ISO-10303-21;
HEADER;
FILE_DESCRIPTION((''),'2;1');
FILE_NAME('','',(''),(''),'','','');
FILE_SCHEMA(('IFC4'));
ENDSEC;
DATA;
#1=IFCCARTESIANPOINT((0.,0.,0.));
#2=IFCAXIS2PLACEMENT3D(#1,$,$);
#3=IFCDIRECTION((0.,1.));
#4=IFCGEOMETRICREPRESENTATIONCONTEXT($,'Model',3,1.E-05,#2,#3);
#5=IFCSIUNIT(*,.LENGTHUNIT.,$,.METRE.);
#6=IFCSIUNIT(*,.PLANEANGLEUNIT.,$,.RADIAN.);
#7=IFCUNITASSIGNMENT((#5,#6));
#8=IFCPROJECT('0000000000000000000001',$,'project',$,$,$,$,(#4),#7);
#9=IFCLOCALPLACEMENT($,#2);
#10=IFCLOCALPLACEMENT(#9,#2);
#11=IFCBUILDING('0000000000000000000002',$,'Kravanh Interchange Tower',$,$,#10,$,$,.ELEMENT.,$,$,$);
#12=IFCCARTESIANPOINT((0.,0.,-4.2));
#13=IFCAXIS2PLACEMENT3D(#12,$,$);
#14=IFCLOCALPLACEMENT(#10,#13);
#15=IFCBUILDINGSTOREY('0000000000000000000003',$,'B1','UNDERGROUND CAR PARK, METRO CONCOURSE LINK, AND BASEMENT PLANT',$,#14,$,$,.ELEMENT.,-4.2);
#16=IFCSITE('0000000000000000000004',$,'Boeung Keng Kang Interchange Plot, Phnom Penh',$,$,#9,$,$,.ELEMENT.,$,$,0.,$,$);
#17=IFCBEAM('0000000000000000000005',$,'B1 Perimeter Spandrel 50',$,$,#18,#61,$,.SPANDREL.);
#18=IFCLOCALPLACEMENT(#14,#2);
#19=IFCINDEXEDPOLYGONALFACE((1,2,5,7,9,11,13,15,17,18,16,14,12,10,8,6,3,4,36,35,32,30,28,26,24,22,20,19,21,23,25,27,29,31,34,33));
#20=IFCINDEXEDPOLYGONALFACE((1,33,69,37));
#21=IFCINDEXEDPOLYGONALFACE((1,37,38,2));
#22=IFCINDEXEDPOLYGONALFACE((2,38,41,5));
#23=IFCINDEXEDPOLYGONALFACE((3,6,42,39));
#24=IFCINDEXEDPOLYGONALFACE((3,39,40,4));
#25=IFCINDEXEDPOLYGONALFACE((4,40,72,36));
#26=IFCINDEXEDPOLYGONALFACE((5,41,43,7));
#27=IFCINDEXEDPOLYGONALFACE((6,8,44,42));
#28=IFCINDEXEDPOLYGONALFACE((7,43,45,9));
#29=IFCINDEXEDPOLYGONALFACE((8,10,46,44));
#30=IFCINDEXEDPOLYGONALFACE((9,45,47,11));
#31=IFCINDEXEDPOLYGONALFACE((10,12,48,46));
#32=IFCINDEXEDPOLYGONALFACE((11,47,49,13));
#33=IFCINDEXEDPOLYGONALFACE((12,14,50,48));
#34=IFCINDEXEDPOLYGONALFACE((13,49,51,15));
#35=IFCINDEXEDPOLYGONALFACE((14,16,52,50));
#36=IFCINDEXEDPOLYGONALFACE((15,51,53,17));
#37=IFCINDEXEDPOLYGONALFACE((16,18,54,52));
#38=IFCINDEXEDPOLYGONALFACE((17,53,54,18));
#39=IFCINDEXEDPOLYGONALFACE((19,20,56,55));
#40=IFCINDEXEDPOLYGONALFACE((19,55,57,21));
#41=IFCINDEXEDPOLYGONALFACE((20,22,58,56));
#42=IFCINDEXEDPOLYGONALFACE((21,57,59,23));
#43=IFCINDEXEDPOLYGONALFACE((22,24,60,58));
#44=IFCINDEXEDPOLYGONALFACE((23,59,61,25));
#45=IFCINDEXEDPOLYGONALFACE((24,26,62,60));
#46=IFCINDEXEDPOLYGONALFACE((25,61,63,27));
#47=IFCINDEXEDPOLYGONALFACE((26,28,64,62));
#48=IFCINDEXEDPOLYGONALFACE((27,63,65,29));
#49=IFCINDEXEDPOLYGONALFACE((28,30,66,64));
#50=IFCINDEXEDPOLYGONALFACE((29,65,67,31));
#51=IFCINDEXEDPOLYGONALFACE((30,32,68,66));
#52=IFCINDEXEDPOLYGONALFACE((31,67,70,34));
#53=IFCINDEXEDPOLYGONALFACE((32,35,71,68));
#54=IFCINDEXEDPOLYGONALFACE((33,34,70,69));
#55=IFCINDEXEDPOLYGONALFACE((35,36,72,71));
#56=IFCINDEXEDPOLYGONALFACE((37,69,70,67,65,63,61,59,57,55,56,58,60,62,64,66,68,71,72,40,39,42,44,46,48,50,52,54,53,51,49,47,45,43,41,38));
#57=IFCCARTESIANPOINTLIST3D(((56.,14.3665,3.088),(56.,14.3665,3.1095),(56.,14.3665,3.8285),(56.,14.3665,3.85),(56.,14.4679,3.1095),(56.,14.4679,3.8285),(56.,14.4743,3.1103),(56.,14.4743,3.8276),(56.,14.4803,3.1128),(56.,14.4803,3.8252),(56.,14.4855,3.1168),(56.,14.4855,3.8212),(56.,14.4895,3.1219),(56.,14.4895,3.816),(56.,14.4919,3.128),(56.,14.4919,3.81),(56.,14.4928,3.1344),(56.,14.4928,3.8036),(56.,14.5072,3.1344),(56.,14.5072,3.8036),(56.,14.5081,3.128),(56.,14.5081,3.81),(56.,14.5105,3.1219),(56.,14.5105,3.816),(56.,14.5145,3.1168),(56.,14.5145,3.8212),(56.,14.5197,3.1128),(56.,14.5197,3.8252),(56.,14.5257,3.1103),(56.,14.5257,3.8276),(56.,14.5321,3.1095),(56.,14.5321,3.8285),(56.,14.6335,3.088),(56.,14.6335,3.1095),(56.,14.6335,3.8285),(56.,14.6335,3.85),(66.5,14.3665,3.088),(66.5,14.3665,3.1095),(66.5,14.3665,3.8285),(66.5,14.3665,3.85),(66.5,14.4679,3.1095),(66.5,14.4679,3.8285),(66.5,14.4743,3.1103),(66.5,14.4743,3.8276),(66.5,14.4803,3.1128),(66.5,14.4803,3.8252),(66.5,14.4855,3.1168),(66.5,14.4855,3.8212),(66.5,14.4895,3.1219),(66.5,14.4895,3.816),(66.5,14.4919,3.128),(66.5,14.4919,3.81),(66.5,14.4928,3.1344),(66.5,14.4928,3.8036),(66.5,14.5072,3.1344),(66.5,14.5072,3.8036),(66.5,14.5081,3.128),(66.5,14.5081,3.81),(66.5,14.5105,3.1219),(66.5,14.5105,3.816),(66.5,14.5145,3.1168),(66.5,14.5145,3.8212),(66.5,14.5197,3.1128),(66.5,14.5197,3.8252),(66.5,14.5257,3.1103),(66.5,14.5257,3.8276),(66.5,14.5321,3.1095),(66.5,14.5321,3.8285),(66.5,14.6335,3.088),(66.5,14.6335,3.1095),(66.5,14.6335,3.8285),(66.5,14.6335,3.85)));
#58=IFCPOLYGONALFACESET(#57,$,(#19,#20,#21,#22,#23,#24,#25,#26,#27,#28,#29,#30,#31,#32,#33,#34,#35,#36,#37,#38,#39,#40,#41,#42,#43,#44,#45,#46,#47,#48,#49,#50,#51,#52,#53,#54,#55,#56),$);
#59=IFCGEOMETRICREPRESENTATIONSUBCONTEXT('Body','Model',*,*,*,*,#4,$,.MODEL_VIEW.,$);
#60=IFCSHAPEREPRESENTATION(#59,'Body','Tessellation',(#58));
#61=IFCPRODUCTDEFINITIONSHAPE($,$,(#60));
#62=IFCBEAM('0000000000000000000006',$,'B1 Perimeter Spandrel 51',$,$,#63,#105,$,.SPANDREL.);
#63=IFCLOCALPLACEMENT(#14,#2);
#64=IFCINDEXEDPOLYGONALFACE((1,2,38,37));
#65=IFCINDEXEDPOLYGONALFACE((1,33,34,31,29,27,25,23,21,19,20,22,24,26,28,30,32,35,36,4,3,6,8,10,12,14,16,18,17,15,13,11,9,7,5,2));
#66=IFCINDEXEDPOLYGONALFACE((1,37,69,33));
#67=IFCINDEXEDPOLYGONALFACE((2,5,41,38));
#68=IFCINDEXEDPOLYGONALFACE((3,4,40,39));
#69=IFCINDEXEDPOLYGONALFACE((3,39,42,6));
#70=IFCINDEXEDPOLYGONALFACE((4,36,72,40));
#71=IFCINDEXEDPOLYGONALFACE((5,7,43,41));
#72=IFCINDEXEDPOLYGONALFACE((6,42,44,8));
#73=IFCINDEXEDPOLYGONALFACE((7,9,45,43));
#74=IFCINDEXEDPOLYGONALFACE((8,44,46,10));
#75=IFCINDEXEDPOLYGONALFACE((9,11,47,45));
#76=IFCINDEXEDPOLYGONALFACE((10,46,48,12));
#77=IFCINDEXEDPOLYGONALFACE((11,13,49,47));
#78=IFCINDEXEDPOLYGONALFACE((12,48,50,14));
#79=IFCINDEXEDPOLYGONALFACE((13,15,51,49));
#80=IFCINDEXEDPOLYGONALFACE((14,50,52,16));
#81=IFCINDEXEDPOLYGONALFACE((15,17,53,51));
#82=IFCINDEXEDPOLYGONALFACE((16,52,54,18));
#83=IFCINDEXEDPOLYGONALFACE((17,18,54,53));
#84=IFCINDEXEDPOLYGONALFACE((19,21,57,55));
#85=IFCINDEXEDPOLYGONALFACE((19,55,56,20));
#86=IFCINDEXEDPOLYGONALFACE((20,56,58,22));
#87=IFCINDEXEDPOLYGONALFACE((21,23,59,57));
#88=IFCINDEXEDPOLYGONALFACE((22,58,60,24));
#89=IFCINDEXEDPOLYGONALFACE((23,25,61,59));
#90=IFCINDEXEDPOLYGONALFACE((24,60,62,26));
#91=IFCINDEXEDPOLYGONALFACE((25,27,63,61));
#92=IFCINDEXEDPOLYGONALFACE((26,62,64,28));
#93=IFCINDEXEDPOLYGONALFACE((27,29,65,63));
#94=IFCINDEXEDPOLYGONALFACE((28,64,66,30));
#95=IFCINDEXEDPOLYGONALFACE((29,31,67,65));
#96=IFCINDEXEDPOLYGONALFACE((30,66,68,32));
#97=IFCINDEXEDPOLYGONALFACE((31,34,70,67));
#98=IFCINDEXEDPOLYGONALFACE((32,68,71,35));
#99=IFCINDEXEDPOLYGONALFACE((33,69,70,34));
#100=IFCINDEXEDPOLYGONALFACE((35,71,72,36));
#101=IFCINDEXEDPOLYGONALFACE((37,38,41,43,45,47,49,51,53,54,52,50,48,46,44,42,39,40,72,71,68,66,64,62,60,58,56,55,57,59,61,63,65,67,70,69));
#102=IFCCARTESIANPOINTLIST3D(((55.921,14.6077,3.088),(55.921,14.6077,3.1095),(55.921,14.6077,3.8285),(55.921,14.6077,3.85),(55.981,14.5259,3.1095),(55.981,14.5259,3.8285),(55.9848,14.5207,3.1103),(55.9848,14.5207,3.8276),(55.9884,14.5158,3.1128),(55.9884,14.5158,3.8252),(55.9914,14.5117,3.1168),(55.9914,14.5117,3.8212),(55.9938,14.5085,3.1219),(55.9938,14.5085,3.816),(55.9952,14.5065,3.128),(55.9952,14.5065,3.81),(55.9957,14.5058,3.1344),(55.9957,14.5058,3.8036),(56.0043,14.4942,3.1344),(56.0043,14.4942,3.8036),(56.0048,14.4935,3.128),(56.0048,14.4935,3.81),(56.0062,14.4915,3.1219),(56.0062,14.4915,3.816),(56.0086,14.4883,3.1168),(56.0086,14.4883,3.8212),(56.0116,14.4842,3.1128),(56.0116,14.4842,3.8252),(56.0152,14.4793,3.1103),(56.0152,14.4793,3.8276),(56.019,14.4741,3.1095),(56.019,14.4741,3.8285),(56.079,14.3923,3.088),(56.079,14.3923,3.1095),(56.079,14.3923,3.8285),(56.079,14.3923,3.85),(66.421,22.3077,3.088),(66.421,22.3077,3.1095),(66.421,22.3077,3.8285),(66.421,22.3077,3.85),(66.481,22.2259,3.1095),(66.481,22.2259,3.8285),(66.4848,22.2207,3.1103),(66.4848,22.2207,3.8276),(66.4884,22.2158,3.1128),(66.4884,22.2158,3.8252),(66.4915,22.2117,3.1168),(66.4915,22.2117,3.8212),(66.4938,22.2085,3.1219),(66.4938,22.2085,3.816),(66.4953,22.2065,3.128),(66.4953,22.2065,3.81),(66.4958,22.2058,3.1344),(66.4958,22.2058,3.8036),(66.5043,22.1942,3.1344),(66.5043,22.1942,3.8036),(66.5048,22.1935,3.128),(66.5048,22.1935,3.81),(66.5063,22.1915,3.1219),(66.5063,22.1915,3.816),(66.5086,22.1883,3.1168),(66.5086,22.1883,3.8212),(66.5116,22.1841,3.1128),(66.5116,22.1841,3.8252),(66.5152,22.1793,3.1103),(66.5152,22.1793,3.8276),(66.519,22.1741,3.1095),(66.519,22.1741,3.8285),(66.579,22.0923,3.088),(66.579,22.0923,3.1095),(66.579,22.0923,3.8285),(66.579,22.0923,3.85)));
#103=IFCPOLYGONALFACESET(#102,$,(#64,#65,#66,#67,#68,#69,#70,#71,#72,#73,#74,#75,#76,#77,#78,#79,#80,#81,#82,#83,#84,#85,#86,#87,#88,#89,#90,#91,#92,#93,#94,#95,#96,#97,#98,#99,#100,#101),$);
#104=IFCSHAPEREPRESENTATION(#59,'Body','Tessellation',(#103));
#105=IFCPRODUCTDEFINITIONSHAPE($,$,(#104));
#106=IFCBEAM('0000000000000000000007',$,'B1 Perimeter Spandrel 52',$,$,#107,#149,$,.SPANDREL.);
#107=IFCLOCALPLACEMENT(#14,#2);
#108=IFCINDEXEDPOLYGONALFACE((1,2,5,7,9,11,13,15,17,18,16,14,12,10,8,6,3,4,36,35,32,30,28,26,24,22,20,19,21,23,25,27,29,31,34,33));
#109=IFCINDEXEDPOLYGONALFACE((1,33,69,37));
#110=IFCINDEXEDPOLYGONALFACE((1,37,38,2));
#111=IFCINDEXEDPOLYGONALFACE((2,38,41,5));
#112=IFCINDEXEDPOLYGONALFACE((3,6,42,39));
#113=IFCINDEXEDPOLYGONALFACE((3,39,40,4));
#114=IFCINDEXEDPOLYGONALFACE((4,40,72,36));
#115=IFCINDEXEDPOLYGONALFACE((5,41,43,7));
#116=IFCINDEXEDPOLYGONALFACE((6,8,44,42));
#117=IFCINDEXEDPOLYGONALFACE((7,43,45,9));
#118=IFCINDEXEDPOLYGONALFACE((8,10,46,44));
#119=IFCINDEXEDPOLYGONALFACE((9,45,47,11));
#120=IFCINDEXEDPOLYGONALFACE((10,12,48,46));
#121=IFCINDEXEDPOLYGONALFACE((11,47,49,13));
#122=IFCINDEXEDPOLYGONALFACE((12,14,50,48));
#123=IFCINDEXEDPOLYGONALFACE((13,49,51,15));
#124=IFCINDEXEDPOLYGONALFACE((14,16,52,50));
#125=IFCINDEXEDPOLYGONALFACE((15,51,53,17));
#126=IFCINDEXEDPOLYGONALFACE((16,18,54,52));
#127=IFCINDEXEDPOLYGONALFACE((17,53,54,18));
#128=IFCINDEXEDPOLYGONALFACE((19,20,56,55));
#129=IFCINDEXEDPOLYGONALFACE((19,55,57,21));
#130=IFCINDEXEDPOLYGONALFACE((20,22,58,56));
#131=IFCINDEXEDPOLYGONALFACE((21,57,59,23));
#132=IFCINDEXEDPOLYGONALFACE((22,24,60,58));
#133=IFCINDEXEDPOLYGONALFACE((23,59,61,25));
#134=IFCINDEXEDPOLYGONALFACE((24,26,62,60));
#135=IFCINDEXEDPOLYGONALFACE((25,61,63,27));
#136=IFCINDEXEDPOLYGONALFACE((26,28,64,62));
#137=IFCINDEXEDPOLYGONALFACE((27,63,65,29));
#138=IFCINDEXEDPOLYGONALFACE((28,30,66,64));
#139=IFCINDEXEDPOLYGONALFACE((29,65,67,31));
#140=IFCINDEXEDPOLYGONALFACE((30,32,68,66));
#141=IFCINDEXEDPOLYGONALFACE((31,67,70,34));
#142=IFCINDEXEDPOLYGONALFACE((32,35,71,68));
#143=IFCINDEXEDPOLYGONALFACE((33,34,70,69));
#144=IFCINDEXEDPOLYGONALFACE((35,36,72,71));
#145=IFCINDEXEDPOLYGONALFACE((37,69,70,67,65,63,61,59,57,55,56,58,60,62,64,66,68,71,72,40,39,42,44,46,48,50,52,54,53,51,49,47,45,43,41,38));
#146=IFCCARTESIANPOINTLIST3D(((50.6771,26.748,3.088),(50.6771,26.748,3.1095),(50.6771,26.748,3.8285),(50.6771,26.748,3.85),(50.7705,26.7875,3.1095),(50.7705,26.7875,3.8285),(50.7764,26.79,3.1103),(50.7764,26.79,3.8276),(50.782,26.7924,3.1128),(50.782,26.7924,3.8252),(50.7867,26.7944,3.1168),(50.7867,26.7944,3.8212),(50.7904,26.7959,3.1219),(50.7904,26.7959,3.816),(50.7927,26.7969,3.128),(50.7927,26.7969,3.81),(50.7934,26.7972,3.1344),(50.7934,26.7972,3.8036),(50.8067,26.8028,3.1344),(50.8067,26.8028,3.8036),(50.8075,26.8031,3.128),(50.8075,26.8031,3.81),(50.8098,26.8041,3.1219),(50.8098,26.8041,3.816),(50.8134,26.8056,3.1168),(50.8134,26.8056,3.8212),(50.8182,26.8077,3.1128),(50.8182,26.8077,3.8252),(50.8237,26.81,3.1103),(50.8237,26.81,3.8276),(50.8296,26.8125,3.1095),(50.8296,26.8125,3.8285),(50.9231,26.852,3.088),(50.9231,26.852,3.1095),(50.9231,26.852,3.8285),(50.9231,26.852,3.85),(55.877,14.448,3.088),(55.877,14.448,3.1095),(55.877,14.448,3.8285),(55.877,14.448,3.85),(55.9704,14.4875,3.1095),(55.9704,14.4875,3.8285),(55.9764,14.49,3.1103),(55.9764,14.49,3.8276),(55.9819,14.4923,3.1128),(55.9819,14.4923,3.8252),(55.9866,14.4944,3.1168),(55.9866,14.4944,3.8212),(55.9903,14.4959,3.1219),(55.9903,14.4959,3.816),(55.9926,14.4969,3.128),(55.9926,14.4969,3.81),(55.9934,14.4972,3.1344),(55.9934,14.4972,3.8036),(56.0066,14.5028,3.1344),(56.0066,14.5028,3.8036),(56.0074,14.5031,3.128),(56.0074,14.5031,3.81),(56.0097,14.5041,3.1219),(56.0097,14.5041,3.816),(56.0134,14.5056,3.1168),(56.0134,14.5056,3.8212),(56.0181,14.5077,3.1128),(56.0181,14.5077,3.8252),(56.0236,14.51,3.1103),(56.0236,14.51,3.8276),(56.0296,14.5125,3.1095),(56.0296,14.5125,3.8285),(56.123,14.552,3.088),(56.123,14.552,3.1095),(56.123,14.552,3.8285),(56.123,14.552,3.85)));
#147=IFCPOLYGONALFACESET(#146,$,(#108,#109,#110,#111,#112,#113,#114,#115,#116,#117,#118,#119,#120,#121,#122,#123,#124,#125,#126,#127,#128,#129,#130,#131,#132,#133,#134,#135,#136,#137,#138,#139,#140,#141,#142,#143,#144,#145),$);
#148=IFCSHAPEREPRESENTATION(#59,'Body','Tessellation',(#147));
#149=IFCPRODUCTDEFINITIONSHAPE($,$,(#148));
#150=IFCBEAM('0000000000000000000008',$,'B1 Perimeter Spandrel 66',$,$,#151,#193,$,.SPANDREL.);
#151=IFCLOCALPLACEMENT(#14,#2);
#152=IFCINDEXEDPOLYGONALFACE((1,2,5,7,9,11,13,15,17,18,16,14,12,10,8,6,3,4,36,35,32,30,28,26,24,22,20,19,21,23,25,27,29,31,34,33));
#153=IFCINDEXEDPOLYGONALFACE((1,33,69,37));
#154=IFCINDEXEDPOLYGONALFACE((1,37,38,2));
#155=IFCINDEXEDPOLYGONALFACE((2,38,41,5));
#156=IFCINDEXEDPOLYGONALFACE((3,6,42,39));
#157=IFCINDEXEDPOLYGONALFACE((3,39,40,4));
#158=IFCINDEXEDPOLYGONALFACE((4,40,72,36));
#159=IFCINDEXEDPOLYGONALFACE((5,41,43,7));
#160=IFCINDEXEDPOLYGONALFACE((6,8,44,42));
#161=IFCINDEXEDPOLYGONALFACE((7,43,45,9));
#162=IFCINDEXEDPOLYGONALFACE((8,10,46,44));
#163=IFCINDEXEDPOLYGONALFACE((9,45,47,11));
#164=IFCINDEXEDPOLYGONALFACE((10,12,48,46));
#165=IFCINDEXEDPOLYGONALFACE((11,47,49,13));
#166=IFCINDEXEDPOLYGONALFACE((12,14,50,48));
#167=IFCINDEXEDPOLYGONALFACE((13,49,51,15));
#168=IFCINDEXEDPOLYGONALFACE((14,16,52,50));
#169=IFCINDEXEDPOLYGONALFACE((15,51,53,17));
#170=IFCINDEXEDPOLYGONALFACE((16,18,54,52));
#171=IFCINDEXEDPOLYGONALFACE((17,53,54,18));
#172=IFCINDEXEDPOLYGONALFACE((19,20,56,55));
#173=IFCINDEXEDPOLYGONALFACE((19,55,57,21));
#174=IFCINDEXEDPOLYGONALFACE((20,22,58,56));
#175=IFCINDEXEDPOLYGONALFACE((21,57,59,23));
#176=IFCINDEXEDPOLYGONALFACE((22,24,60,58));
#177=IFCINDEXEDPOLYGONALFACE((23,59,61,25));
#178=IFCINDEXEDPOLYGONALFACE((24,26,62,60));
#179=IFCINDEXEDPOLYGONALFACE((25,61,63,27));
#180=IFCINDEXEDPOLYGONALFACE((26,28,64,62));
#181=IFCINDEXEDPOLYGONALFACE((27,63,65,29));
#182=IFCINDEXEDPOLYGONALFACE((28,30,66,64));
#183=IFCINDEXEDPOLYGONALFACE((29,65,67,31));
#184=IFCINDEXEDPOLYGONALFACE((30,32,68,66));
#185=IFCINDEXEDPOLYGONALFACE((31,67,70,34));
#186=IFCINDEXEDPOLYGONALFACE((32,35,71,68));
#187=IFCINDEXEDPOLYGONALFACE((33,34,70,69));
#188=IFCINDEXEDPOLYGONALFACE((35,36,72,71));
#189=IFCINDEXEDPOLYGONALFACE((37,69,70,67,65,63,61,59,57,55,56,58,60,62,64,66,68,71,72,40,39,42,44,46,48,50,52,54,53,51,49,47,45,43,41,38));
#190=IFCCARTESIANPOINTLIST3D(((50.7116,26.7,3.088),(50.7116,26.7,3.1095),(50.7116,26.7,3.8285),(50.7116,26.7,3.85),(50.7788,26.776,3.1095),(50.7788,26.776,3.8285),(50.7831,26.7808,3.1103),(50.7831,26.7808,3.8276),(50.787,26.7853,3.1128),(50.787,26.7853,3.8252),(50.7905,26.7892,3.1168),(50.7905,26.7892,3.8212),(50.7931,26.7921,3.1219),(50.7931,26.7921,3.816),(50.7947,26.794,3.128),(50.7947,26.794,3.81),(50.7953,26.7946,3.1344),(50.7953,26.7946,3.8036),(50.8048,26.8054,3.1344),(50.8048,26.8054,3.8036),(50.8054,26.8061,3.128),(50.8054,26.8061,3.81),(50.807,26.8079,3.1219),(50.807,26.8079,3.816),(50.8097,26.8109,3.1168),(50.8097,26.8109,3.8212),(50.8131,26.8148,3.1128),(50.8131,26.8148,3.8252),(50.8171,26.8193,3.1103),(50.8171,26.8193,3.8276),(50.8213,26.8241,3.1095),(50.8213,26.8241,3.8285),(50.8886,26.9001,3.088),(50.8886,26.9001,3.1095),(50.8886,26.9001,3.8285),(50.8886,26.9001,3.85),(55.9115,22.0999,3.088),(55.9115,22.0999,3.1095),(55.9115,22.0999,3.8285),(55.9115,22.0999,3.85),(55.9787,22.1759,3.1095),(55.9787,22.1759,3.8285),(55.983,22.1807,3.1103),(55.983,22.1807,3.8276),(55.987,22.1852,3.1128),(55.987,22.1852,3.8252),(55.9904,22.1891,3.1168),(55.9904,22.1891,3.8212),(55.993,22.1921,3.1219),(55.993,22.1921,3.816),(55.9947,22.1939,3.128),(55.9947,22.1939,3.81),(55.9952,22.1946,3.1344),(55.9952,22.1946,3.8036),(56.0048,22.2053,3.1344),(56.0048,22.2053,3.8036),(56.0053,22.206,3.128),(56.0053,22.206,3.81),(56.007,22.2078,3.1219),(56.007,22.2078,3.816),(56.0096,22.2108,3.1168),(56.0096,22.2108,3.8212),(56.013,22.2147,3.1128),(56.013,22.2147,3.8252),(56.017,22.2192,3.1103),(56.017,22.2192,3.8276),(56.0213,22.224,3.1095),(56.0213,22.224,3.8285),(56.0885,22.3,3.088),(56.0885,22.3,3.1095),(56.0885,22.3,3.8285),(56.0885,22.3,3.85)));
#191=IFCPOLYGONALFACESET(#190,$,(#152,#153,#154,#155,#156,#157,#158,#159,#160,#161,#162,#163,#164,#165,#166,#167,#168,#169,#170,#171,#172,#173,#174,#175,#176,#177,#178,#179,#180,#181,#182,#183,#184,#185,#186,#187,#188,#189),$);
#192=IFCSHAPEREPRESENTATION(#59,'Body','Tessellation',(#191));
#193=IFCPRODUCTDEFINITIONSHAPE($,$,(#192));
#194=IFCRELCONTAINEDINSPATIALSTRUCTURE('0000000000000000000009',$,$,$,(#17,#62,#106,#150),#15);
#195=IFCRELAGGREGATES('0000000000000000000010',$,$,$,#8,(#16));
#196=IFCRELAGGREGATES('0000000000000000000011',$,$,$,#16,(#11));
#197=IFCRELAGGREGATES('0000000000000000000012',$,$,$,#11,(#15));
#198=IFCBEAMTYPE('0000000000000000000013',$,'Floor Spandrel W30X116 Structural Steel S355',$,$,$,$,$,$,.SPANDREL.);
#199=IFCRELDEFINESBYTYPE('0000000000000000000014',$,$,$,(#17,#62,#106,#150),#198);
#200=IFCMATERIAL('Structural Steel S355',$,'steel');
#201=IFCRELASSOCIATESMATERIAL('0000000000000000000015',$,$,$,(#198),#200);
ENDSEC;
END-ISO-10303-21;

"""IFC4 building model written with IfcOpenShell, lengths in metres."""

from ifc_helpers import new_model, si_unit, direction, frame, origin, origin_2d, place, context, subcontext, project, spatial, i_section, extrude, material, material_profile, profile_set, type_object, element, save


model = new_model("IFC4")

# Units and contexts
model_context = context("Model", 3, precision=1e-05, world=origin(), true_north=direction((0.0, 1.0)))
body_context = subcontext(model_context, "Body", "Model", "MODEL_VIEW")
ifc_project = project(units=[si_unit("LENGTHUNIT", "METRE"), si_unit("PLANEANGLEUNIT", "RADIAN")], contexts=[model_context])

# Site, building, storey
site_placement = place(None, origin())
site = spatial("IfcSite", under=ifc_project, at=site_placement, Name="Boeung Keng Kang Interchange Plot, Phnom Penh", CompositionType="ELEMENT", RefElevation=0.0)
building_placement = place(site_placement, origin())
building = spatial("IfcBuilding", under=site, at=building_placement, Name="Kravanh Interchange Tower", CompositionType="ELEMENT")
storey_placement = place(building_placement, frame((0.0, 0.0, -4.2)))
storey = spatial("IfcBuildingStorey", under=building, at=storey_placement, Name="B1", Description="UNDERGROUND CAR PARK, METRO CONCOURSE LINK, AND BASEMENT PLANT", CompositionType="ELEMENT", Elevation=-4.2)

# Beams
ifc_material_1 = material(Name="Structural Steel S355", Category="steel")
ifc_material_profile_1 = material_profile(ifc_material_1, i_section(OverallWidth=0.2671, OverallDepth=0.762, WebThickness=0.0144, FlangeThickness=0.0215, FilletRadius=0.0249, at=origin_2d()), Name="W30X116")
ifc_profile_set_1 = profile_set([ifc_material_profile_1], Name="Structural Steel S355")
beam_type_1 = type_object("IfcBeamType", Name="Floor Spandrel W30X116 Structural Steel S355", PredefinedType="SPANDREL", material=ifc_profile_set_1)
beam_1_placement = place(storey_placement, frame((56.0, 14.5, 3.469), z_axis=(1.0, 0.0, 0.0), x_axis=(0.0, 1.0, 0.0)))
element("IfcBeam", 1, at=beam_1_placement, inside=storey, type_object=beam_type_1, Name="B1 Perimeter Spandrel 50", PredefinedType="SPANDREL", context=body_context, shape_type="SweptSolid", body=[
    extrude(i_section(OverallWidth=0.2671, OverallDepth=0.762, WebThickness=0.0144, FlangeThickness=0.0215, FilletRadius=0.0249, at=origin_2d()), origin(), (0.0, 0.0, 1.0), 10.5),
])
beam_2_placement = place(storey_placement, frame((56.0, 14.5, 3.469), z_axis=(0.806407, 0.591361, 0.0), x_axis=(-0.591361, 0.806407, 0.0)))
element("IfcBeam", 2, at=beam_2_placement, inside=storey, type_object=beam_type_1, Name="B1 Perimeter Spandrel 51", PredefinedType="SPANDREL", context=body_context, shape_type="SweptSolid", body=[
    extrude(i_section(OverallWidth=0.2671, OverallDepth=0.762, WebThickness=0.0144, FlangeThickness=0.0215, FilletRadius=0.0249, at=origin_2d()), origin(), (0.0, 0.0, 1.0), 13.0208),
])
beam_3_placement = place(storey_placement, frame((56.0, 14.5, 3.469), z_axis=(-0.389391, 0.921072, 0.0), x_axis=(-0.921072, -0.389391, 0.0)))
element("IfcBeam", 3, at=beam_3_placement, inside=storey, type_object=beam_type_1, Name="B1 Perimeter Spandrel 52", PredefinedType="SPANDREL", context=body_context, shape_type="SweptSolid", body=[
    extrude(i_section(OverallWidth=0.2671, OverallDepth=0.762, WebThickness=0.0144, FlangeThickness=0.0215, FilletRadius=0.0249, at=origin_2d()), origin(), (0.0, 0.0, 1.0), 13.354),
])
beam_4_placement = place(storey_placement, frame((56.0, 22.2, 3.469), z_axis=(-0.748986, 0.662585, 0.0), x_axis=(-0.662585, -0.748986, 0.0)))
element("IfcBeam", 4, at=beam_4_placement, inside=storey, type_object=beam_type_1, Name="B1 Perimeter Spandrel 66", PredefinedType="SPANDREL", context=body_context, shape_type="SweptSolid", body=[
    extrude(i_section(OverallWidth=0.2671, OverallDepth=0.762, WebThickness=0.0144, FlangeThickness=0.0215, FilletRadius=0.0249, at=origin_2d()), origin(), (0.0, 0.0, 1.0), 6.9426),
])

save(model, "model.ifc")
